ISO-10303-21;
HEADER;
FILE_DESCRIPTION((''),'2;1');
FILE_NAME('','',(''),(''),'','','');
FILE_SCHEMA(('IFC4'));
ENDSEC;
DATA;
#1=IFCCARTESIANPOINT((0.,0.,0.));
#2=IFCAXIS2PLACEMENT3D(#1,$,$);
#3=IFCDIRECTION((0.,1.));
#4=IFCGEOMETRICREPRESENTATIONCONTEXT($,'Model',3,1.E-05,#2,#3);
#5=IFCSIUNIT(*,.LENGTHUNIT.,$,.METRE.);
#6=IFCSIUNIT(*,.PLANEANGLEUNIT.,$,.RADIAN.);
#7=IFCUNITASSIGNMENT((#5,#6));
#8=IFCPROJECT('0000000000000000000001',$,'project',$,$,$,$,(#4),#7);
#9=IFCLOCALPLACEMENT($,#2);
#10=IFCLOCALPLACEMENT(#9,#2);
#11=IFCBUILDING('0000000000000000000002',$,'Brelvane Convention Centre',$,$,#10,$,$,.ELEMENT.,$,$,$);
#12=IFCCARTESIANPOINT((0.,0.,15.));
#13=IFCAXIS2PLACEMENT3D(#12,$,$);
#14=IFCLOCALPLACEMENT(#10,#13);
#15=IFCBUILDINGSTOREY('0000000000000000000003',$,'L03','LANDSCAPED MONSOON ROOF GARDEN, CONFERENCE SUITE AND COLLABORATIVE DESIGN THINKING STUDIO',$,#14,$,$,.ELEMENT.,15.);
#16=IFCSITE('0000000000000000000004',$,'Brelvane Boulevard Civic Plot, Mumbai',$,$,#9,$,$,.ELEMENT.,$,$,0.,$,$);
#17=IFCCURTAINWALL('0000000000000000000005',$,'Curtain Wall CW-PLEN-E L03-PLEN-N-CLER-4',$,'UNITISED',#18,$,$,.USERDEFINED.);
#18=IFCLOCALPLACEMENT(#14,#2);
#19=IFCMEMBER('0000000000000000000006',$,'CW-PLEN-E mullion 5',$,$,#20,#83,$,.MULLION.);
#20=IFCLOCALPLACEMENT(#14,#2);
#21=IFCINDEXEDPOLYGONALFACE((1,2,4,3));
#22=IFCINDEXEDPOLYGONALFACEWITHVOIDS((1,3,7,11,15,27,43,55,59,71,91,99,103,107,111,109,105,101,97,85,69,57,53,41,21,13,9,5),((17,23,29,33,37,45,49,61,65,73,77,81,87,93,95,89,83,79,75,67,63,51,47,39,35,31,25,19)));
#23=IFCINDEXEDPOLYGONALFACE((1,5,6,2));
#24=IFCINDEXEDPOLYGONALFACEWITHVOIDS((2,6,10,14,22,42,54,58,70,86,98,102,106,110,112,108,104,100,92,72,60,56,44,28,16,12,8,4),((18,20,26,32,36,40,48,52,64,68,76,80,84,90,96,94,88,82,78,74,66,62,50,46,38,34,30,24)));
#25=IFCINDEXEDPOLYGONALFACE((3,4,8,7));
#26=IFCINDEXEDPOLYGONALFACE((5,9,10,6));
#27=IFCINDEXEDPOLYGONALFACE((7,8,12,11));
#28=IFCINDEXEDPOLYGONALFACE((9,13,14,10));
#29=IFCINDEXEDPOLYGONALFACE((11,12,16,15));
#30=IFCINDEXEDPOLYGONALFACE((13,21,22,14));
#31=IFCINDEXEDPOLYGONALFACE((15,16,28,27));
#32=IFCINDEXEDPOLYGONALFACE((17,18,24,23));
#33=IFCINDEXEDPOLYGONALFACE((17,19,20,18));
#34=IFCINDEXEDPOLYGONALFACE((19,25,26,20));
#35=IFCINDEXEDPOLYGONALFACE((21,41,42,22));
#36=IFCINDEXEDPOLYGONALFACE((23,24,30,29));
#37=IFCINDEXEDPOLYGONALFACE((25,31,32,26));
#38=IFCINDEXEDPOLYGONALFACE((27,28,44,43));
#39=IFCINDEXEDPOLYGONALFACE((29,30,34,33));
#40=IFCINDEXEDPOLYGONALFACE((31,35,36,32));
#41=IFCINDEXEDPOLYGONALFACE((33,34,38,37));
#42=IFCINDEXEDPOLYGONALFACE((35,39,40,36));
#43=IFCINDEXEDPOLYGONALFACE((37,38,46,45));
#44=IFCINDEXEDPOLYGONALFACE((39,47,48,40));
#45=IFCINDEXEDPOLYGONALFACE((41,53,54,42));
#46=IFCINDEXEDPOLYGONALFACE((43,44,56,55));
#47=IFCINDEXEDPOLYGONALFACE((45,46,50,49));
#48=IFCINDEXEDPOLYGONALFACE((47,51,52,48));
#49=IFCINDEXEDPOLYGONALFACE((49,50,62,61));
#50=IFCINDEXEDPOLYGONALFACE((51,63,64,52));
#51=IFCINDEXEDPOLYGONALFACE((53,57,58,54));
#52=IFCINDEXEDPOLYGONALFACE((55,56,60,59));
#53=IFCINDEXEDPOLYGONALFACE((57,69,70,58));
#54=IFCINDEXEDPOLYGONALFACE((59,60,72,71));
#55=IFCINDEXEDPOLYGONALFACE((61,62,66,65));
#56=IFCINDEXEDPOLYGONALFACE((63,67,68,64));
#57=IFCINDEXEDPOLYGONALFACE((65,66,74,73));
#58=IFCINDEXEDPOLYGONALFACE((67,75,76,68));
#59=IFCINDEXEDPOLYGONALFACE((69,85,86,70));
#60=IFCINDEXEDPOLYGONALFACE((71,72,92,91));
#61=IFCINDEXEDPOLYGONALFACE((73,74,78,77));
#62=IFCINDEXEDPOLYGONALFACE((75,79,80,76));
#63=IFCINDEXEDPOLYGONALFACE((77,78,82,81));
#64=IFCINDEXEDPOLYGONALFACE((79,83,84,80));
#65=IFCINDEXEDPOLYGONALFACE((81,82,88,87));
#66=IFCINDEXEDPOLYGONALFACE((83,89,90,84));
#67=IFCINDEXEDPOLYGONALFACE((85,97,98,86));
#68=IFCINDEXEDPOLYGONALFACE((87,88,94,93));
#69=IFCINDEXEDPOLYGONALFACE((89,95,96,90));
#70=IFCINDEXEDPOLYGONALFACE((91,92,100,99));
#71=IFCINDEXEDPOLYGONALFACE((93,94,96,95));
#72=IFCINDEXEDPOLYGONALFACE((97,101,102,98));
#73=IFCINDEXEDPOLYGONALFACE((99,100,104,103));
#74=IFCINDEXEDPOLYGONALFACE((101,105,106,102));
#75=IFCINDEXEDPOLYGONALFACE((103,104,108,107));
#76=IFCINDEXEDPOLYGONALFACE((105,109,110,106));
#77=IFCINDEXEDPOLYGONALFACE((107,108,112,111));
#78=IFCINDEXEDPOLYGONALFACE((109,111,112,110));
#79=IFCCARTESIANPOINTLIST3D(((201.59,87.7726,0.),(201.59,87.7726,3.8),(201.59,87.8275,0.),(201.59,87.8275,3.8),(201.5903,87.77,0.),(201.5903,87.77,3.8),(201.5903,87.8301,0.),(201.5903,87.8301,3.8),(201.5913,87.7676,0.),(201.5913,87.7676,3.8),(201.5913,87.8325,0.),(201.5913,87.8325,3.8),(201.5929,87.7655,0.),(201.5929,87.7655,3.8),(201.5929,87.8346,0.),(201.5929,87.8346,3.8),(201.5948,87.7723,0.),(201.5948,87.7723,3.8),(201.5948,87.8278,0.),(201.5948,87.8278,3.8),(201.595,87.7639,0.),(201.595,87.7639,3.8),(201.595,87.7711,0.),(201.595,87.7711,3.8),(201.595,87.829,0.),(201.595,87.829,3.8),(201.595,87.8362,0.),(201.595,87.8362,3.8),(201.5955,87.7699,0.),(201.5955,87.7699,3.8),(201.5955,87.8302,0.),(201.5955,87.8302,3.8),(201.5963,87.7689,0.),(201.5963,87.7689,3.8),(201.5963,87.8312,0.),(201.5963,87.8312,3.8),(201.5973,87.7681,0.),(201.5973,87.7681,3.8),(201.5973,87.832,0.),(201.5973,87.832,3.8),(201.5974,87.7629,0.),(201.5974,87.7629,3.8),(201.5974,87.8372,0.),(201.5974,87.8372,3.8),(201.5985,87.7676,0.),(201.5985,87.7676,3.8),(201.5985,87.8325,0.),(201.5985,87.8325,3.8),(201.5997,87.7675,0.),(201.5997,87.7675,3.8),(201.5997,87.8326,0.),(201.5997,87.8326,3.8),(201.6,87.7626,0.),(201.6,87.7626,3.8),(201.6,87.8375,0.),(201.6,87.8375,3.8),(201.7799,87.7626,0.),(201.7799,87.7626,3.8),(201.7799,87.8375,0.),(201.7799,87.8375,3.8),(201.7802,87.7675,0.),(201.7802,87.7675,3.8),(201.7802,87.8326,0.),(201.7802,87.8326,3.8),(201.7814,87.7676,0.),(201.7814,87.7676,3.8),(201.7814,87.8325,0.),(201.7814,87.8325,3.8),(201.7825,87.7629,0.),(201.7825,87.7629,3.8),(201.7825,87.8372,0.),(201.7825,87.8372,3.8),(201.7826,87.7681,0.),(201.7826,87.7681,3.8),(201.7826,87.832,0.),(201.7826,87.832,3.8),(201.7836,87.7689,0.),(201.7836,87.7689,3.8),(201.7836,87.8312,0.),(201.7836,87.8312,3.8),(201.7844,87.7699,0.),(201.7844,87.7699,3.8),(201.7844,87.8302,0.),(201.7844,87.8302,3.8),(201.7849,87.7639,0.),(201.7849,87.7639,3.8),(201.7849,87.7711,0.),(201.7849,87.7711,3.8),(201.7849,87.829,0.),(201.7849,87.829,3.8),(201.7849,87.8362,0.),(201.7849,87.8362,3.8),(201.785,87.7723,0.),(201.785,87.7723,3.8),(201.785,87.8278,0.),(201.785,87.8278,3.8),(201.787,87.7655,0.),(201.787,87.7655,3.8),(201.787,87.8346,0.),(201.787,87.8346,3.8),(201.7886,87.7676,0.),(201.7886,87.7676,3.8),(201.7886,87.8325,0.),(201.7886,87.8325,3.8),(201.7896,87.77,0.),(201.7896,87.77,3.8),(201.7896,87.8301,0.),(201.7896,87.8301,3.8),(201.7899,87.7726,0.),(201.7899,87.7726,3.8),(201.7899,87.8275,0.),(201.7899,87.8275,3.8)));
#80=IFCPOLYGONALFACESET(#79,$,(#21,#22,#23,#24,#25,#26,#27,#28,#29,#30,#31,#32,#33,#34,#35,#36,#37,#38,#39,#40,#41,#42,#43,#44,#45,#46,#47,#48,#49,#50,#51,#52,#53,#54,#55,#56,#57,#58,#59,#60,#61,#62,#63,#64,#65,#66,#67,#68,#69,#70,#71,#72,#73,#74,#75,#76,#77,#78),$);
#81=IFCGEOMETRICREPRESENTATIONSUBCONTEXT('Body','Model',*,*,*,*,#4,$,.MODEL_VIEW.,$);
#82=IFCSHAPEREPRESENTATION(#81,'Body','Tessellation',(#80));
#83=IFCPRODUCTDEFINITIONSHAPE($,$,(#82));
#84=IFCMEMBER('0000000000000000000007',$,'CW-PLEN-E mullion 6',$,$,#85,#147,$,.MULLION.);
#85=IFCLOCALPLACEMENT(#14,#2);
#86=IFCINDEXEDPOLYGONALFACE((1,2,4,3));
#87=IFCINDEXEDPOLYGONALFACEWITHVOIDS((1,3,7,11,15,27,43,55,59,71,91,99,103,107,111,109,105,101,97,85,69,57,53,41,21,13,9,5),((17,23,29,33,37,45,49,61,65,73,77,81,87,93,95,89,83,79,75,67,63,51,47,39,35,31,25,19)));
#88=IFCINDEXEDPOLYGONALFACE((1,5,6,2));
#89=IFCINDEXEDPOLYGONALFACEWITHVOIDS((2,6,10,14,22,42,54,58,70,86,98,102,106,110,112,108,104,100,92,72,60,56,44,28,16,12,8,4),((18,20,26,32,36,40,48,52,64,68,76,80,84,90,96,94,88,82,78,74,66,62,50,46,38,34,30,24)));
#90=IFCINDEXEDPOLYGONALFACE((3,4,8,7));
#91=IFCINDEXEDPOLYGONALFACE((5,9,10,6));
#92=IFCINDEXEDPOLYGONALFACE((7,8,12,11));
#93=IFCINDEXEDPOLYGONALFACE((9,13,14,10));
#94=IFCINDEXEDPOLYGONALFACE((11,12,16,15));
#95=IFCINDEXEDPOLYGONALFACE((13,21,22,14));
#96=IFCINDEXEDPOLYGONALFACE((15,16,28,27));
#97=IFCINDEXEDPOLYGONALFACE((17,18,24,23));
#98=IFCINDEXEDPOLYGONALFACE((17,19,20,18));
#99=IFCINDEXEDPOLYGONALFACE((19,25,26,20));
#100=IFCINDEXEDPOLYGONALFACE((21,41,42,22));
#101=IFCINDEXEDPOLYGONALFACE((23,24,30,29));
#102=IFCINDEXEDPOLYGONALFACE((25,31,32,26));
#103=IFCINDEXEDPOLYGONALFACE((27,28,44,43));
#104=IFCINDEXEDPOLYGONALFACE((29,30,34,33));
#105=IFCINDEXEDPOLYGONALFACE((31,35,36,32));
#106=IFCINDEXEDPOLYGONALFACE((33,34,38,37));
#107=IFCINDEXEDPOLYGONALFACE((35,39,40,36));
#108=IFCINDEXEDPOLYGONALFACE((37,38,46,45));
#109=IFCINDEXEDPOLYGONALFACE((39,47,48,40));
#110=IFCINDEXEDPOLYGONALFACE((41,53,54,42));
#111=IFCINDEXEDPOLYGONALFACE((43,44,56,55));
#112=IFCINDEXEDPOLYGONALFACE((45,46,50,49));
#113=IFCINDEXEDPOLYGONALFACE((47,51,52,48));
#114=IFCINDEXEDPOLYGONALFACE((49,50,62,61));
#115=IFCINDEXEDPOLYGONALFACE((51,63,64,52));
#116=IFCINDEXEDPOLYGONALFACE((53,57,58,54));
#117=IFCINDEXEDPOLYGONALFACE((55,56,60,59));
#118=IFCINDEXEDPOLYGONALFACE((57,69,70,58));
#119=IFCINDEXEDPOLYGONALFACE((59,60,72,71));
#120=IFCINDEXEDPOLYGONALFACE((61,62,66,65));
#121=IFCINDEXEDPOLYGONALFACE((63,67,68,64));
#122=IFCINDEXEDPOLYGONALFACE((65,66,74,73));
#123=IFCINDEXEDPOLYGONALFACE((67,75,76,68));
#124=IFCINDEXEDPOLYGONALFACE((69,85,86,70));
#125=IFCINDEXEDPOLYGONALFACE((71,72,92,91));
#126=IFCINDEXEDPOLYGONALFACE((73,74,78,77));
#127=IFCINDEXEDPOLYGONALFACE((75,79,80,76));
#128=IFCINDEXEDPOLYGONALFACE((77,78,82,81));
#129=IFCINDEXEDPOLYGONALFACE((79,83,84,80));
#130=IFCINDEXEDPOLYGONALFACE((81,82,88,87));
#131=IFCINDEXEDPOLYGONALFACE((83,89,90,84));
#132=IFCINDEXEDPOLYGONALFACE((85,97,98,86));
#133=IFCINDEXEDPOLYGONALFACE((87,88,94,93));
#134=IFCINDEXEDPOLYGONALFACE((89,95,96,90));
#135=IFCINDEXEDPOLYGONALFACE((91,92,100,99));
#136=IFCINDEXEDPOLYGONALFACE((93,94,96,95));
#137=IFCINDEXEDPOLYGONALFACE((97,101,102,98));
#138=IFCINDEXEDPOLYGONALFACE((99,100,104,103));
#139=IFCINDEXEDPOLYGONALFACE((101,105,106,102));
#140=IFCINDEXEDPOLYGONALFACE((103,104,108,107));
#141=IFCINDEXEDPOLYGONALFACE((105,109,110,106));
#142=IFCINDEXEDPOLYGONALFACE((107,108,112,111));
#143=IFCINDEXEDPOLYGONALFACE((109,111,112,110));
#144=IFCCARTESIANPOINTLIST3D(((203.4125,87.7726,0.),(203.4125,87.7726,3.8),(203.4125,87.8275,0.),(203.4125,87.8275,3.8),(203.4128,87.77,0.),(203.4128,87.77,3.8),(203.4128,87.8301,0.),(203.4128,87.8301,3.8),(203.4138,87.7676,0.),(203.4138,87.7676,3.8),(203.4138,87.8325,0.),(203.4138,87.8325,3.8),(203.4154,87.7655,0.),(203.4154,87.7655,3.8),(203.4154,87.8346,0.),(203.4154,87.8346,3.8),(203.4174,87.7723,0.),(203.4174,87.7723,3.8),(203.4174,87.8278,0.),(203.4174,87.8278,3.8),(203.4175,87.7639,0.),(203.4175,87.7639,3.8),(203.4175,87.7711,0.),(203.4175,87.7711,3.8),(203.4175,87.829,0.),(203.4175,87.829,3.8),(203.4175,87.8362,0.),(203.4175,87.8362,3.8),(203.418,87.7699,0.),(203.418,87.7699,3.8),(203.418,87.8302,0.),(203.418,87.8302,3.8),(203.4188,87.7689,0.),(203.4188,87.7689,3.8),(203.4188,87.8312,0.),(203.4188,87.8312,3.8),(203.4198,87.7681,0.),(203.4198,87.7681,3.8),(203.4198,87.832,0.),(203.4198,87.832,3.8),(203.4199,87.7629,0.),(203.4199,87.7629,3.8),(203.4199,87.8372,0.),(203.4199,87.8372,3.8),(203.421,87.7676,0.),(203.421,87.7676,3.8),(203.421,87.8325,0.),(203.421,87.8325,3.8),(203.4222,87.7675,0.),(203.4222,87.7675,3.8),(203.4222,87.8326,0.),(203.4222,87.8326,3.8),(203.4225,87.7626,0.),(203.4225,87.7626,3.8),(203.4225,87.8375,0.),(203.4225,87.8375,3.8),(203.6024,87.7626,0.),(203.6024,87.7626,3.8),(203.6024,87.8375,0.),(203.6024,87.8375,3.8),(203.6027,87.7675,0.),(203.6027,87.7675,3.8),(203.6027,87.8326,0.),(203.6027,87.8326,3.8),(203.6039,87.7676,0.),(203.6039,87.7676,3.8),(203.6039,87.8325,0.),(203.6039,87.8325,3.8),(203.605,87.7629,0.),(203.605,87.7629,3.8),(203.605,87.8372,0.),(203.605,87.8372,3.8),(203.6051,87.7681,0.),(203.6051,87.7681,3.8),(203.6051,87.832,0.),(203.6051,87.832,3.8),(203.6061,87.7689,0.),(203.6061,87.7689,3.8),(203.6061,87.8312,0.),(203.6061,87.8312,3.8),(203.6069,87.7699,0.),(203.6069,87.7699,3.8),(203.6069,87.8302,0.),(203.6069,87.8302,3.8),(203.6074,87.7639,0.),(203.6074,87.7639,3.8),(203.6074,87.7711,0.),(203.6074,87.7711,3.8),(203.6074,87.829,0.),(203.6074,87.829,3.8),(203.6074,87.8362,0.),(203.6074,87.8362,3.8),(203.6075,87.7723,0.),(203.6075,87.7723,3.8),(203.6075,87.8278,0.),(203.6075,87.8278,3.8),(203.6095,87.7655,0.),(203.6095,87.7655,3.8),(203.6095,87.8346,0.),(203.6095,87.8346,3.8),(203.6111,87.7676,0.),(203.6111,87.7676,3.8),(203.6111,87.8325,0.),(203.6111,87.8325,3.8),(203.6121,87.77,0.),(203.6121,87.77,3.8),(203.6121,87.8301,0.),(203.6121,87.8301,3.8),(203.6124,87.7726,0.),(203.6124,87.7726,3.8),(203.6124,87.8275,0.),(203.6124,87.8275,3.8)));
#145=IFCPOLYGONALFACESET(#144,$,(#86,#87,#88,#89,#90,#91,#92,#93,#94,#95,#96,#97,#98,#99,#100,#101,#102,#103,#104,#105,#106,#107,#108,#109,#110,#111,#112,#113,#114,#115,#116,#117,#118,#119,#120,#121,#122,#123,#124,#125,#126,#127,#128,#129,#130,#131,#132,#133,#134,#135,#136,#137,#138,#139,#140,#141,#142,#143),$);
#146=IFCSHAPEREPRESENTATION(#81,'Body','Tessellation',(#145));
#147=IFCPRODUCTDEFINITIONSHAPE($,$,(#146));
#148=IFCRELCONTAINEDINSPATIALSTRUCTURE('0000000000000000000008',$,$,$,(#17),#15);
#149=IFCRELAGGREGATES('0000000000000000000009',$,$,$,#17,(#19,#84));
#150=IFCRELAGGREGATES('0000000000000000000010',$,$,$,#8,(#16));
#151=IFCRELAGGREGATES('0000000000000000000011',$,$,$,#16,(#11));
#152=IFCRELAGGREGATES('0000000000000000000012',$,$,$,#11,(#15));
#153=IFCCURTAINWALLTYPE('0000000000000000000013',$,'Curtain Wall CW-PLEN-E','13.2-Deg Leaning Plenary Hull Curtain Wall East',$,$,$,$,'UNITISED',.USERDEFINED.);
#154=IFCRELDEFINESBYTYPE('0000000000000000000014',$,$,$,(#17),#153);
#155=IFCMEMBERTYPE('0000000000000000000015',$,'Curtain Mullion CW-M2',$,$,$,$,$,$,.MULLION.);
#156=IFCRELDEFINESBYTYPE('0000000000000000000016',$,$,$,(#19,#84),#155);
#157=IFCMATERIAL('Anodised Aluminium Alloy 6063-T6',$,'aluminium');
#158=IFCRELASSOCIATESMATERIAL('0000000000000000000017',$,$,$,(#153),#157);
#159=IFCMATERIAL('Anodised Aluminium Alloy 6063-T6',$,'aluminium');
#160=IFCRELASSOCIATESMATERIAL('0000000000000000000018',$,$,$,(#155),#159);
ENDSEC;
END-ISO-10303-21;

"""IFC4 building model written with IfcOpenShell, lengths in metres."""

from ifc_helpers import new_model, si_unit, direction, frame, origin, origin_2d, place, context, subcontext, project, spatial, hollow_rectangle, extrude, material, material_profile, profile_set, type_object, element, aggregate, save


model = new_model("IFC4")

# Units and contexts
model_context = context("Model", 3, precision=1e-05, world=origin(), true_north=direction((0.0, 1.0)))
body_context = subcontext(model_context, "Body", "Model", "MODEL_VIEW")
ifc_project = project(units=[si_unit("LENGTHUNIT", "METRE"), si_unit("PLANEANGLEUNIT", "RADIAN")], contexts=[model_context])

# Site, building, storey
site_placement = place(None, origin())
site = spatial("IfcSite", under=ifc_project, at=site_placement, Name="Brelvane Boulevard Civic Plot, Mumbai", CompositionType="ELEMENT", RefElevation=0.0)
building_placement = place(site_placement, origin())
building = spatial("IfcBuilding", under=site, at=building_placement, Name="Brelvane Convention Centre", CompositionType="ELEMENT")
storey_placement = place(building_placement, frame((0.0, 0.0, 15.0)))
storey = spatial("IfcBuildingStorey", under=building, at=storey_placement, Name="L03", Description="LANDSCAPED MONSOON ROOF GARDEN, CONFERENCE SUITE AND COLLABORATIVE DESIGN THINKING STUDIO", CompositionType="ELEMENT", Elevation=15.0)

# Curtain wall, members
ifc_material_1 = material(Name="Anodised Aluminium Alloy 6063-T6", Category="aluminium")
curtain_wall_type = type_object("IfcCurtainWallType", Name="Curtain Wall CW-PLEN-E", Description="13.2-Deg Leaning Plenary Hull Curtain Wall East", ElementType="UNITISED", PredefinedType="USERDEFINED", material=ifc_material_1)
curtain_wall_placement = place(storey_placement, origin())
curtain_wall = element("IfcCurtainWall", 1, at=curtain_wall_placement, inside=storey, type_object=curtain_wall_type, Name="Curtain Wall CW-PLEN-E L03-PLEN-N-CLER-4", ObjectType="UNITISED", PredefinedType="USERDEFINED")
ifc_material_2 = material(Name="Anodised Aluminium Alloy 6063-T6", Category="aluminium")
ifc_material_profile_1 = material_profile(ifc_material_2, hollow_rectangle(XDim=0.075, YDim=0.2, WallThickness=0.0049, InnerFilletRadius=0.0049, OuterFilletRadius=0.01, at=origin_2d()), Name="ALU-M 200x75x5.0")
ifc_profile_set_1 = profile_set([ifc_material_profile_1], Name="Anodised Aluminium Alloy 6063-T6")
member_type_1 = type_object("IfcMemberType", Name="Curtain Mullion CW-M2", PredefinedType="MULLION", material=ifc_profile_set_1)
member_1_placement = place(storey_placement, frame((201.6899, 87.8, 0.0), z_axis=(0.0, 0.0, 1.0), x_axis=(0.0, 1.0, 0.0)))
member_1 = element("IfcMember", 2, at=member_1_placement, type_object=member_type_1, Name="CW-PLEN-E mullion 5", PredefinedType="MULLION", context=body_context, shape_type="SweptSolid", body=[
    extrude(hollow_rectangle(XDim=0.075, YDim=0.2, WallThickness=0.0049, InnerFilletRadius=0.0049, OuterFilletRadius=0.01, at=origin_2d()), origin(), (0.0, 0.0, 1.0), 3.8),
])
member_2_placement = place(storey_placement, frame((203.5125, 87.8, 0.0), z_axis=(0.0, 0.0, 1.0), x_axis=(0.0, 1.0, 0.0)))
member_2 = element("IfcMember", 3, at=member_2_placement, type_object=member_type_1, Name="CW-PLEN-E mullion 6", PredefinedType="MULLION", context=body_context, shape_type="SweptSolid", body=[
    extrude(hollow_rectangle(XDim=0.075, YDim=0.2, WallThickness=0.0049, InnerFilletRadius=0.0049, OuterFilletRadius=0.01, at=origin_2d()), origin(), (0.0, 0.0, 1.0), 3.8),
])

aggregate(curtain_wall, [member_1, member_2])

save(model, "model.ifc")
